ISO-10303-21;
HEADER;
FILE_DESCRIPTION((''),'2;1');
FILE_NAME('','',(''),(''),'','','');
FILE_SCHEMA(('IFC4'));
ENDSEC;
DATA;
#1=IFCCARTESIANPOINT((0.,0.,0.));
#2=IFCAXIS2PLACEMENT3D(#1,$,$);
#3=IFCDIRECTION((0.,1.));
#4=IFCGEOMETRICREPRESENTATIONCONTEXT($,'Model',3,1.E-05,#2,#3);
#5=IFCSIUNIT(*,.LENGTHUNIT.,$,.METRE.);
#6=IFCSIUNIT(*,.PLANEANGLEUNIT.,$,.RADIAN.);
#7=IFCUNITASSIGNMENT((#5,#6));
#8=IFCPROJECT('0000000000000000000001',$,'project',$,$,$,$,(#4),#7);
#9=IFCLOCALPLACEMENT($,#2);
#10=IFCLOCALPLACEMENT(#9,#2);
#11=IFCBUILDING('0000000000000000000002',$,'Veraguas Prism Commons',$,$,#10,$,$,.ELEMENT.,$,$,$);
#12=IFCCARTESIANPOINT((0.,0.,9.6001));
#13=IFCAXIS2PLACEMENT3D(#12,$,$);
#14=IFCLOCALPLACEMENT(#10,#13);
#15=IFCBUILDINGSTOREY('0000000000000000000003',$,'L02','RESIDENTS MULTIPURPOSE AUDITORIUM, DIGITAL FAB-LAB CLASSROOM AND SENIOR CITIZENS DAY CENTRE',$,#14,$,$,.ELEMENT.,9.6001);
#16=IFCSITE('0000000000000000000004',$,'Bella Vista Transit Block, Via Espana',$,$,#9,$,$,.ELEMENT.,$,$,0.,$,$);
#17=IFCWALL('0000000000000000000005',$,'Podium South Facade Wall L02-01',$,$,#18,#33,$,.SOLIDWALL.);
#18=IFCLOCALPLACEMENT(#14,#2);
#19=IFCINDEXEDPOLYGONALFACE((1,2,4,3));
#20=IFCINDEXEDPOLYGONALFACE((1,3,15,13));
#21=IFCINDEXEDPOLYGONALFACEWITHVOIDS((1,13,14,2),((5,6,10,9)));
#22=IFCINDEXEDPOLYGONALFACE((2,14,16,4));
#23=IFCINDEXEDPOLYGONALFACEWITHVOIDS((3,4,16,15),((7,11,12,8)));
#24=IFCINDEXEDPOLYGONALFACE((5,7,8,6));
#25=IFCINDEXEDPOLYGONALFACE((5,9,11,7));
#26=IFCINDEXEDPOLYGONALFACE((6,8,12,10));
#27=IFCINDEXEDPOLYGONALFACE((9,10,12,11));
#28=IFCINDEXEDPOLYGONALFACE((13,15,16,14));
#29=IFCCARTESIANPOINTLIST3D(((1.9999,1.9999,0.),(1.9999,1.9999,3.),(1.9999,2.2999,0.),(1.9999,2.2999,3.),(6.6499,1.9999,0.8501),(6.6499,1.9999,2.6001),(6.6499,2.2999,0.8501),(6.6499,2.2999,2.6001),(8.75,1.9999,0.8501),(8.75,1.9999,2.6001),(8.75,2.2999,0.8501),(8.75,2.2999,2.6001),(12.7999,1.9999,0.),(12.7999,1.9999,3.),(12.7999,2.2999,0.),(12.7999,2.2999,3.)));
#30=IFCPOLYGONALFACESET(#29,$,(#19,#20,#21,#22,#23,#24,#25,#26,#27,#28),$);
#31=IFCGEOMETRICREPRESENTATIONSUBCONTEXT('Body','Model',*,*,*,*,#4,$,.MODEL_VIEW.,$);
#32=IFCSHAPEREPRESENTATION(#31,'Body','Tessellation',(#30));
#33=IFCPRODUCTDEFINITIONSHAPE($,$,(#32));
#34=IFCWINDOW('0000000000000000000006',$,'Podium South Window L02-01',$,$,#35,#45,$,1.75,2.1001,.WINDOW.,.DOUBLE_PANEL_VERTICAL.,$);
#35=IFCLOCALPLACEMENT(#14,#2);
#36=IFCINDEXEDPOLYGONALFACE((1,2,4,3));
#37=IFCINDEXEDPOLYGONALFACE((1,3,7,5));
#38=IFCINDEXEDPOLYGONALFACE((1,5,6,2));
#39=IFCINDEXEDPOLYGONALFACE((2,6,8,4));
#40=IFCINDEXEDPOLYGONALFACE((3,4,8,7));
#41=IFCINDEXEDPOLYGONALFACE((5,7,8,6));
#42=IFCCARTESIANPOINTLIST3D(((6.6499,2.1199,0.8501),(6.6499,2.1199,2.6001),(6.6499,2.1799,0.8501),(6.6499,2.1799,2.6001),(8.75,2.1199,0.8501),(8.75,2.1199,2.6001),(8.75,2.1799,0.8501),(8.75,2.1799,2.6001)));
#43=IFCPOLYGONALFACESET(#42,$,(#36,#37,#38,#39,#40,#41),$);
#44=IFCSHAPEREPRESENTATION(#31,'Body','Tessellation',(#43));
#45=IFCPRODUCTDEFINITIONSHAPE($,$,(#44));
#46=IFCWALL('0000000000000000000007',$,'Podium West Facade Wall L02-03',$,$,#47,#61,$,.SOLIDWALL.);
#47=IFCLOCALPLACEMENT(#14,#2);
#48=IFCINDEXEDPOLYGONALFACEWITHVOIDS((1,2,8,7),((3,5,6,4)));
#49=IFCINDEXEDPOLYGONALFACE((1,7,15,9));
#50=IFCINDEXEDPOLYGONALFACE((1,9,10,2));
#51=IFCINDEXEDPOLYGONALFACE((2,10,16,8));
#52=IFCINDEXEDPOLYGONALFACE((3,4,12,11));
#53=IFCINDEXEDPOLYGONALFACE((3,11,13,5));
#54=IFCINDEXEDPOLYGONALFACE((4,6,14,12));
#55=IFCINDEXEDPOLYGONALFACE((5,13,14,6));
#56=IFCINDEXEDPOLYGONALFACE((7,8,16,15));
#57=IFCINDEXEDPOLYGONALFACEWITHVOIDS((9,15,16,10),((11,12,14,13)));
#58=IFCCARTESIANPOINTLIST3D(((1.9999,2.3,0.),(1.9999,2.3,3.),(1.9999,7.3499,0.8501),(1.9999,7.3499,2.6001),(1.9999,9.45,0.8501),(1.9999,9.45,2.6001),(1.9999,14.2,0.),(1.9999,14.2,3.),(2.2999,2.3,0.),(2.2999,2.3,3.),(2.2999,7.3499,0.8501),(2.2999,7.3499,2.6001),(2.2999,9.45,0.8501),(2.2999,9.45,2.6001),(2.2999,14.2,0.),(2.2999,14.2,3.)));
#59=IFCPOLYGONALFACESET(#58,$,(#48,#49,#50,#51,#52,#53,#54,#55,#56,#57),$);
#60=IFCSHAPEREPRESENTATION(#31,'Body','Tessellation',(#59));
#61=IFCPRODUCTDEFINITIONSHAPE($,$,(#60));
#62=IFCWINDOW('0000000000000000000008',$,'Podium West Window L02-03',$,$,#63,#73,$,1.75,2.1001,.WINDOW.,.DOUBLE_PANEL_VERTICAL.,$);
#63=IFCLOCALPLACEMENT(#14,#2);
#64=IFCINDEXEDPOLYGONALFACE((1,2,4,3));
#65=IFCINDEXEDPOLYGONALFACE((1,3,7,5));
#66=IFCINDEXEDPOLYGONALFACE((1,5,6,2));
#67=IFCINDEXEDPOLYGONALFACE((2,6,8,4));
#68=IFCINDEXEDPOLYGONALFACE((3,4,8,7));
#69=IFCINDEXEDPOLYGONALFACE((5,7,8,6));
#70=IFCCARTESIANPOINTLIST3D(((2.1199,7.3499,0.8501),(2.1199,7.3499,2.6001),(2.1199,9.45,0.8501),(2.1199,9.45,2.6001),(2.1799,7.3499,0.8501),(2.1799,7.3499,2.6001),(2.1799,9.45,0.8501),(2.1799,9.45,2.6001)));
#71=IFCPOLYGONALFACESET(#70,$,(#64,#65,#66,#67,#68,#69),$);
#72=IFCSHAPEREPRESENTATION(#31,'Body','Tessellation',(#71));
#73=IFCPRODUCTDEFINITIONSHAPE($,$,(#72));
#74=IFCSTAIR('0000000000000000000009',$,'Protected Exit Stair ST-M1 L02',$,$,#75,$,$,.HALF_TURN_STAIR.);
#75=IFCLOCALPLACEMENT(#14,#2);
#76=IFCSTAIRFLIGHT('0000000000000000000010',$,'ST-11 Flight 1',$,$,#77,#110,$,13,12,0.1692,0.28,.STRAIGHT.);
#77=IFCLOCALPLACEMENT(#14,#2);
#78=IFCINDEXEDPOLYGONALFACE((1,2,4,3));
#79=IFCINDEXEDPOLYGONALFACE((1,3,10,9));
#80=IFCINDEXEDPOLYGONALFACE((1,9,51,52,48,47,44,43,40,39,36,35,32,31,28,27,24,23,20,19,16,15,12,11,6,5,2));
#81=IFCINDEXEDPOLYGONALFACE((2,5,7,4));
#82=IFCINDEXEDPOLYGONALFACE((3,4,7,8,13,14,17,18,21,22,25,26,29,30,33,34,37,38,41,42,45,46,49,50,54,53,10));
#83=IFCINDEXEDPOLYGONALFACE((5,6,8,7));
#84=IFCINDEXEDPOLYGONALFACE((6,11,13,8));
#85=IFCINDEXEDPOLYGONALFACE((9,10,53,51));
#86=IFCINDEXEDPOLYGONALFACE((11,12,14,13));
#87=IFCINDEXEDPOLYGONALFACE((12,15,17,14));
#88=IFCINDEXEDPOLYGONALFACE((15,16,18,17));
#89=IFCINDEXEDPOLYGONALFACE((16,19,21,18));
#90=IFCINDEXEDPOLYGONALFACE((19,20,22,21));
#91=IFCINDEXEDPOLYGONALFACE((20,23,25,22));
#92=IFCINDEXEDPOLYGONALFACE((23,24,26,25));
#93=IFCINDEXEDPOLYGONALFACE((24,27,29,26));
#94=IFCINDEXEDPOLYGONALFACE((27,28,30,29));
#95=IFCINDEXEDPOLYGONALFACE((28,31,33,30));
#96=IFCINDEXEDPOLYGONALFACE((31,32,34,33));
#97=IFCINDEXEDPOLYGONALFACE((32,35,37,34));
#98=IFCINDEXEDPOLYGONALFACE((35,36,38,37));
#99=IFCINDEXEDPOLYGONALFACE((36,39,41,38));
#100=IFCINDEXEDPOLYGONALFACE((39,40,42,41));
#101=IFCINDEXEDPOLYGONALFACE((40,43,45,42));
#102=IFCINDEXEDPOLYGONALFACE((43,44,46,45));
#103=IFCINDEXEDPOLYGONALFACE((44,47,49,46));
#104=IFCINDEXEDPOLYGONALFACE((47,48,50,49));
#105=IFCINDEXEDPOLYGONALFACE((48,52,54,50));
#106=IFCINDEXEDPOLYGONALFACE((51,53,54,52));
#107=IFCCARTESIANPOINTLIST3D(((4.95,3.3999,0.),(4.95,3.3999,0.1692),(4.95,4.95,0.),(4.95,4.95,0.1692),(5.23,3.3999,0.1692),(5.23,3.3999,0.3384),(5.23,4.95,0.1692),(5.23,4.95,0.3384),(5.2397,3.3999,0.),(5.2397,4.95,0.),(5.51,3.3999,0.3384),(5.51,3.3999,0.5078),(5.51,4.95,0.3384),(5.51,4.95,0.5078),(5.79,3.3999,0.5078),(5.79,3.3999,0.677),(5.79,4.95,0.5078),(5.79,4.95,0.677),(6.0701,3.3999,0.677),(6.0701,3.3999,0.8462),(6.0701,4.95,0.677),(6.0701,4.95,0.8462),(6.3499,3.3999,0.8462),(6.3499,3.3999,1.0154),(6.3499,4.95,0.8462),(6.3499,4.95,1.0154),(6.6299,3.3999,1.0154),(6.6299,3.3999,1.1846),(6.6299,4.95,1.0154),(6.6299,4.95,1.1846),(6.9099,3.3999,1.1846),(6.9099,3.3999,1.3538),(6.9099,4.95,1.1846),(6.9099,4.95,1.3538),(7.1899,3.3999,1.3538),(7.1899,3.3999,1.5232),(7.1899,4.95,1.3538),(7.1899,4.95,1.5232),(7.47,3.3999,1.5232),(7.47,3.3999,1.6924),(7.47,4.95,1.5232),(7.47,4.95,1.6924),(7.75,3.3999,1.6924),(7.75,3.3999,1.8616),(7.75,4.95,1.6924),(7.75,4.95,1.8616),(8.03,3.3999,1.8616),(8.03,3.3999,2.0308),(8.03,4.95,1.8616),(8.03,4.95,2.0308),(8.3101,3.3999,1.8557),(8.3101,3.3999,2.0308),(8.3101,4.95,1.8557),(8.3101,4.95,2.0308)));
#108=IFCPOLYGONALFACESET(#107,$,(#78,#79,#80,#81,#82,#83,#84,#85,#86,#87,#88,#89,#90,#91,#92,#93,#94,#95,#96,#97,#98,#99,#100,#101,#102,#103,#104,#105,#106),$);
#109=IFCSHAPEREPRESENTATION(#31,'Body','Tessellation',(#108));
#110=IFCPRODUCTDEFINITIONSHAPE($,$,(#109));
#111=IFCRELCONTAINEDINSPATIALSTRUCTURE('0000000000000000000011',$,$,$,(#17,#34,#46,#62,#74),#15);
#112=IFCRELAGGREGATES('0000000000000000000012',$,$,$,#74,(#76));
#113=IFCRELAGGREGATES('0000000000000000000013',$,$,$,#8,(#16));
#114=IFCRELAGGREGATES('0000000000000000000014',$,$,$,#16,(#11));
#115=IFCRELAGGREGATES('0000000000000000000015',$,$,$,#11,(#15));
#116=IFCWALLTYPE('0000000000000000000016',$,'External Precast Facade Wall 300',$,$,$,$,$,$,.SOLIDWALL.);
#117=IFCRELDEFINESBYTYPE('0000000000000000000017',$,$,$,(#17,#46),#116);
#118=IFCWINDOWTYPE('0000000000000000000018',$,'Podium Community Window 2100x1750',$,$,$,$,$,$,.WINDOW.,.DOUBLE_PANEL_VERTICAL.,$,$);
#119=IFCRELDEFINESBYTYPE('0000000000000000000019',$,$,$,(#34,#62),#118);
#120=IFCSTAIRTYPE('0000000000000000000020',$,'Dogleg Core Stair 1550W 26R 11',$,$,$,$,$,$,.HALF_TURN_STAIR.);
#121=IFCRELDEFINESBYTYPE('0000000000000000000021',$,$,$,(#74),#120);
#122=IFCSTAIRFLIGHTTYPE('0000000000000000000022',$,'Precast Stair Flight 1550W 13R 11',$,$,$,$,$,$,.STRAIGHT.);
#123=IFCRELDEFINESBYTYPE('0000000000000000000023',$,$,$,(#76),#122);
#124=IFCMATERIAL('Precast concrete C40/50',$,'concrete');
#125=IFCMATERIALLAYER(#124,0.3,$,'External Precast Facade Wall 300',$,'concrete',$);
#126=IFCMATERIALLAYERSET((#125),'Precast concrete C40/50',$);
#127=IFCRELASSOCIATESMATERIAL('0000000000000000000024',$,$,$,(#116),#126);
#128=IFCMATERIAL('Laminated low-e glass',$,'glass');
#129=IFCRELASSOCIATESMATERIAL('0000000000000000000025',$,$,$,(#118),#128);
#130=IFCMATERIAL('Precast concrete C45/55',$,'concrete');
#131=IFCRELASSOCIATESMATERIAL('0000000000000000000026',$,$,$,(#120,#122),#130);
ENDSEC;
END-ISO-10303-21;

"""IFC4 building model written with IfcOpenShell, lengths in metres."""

from ifc_helpers import new_model, si_unit, direction, frame, frame_2d, origin, place, context, subcontext, project, spatial, polyline, rectangle, outline, extrude, source, transform, mapped, material, layer, layer_set, type_object, element, fill, aggregate, save


model = new_model("IFC4")

# Units and contexts
model_context = context("Model", 3, precision=1e-05, world=origin(), true_north=direction((0.0, 1.0)))
body_context = subcontext(model_context, "Body", "Model", "MODEL_VIEW")
ifc_project = project(units=[si_unit("LENGTHUNIT", "METRE"), si_unit("PLANEANGLEUNIT", "RADIAN")], contexts=[model_context])

# Site, building, storey
site_placement = place(None, origin())
site = spatial("IfcSite", under=ifc_project, at=site_placement, Name="Bella Vista Transit Block, Via Espana", CompositionType="ELEMENT", RefElevation=0.0)
building_placement = place(site_placement, origin())
building = spatial("IfcBuilding", under=site, at=building_placement, Name="Veraguas Prism Commons", CompositionType="ELEMENT")
storey_placement = place(building_placement, frame((0.0, 0.0, 9.6001)))
storey = spatial("IfcBuildingStorey", under=building, at=storey_placement, Name="L02", Description="RESIDENTS MULTIPURPOSE AUDITORIUM, DIGITAL FAB-LAB CLASSROOM AND SENIOR CITIZENS DAY CENTRE", CompositionType="ELEMENT", Elevation=9.6001)

# Shared definitions
ifc_material_1 = material(Name="Laminated low-e glass", Category="glass")

# Walls, openings, windows
ifc_material_2 = material(Name="Precast concrete C40/50", Category="concrete")
ifc_layer_1 = layer(ifc_material_2, 0.3, Name="External Precast Facade Wall 300", Category="concrete")
ifc_layer_set_1 = layer_set([ifc_layer_1], Name="Precast concrete C40/50")
wall_type_1 = type_object("IfcWallType", Name="External Precast Facade Wall 300", PredefinedType="SOLIDWALL", material=ifc_layer_set_1)
wall_1_placement = place(storey_placement, frame((2.0, 2.1499, 0.0), z_axis=(0.0, 0.0, 1.0), x_axis=(1.0, 0.0, 0.0)))
wall_1 = element("IfcWall", 1, at=wall_1_placement, inside=storey, type_object=wall_type_1, Name="Podium South Facade Wall L02-01", PredefinedType="SOLIDWALL", context=body_context, shape_type="SweptSolid", body=[
    extrude(rectangle(XDim=10.8, YDim=0.3, at=frame_2d((5.3999, 0.0))), origin(), (0.0, 0.0, 1.0), 3.0),
])
opening_1_placement = place(wall_1_placement, frame((4.6499, 0.0, 0.8501)))
opening_1 = element("IfcOpeningElement", 2, at=opening_1_placement, cuts=wall_1, PredefinedType="OPENING", context=body_context, shape_type="SweptSolid", body=[
    extrude(rectangle(XDim=2.1001, YDim=1.75, at=frame_2d((1.05, 0.875))), frame((0.0, 0.1599, 0.0), z_axis=(0.0, -1.0, 0.0), x_axis=(1.0, 0.0, 0.0)), (0.0, 0.0, 1.0), 0.3201),
])
window_type = type_object("IfcWindowType", Name="Podium Community Window 2100x1750", PartitioningType="DOUBLE_PANEL_VERTICAL", PredefinedType="WINDOW", material=ifc_material_1)
shared_shape_1 = source(origin(), body_context, "Body", "SweptSolid", [
    extrude(rectangle(XDim=2.1001, YDim=1.75, at=frame_2d((1.05, 0.875))), frame((0.0, 0.03, 0.0), z_axis=(0.0, -1.0, 0.0), x_axis=(1.0, 0.0, 0.0)), (0.0, 0.0, 1.0), 0.0601),
])
window_1_placement = place(opening_1_placement, origin())
window_1 = element("IfcWindow", 3, at=window_1_placement, inside=storey, type_object=window_type, Name="Podium South Window L02-01", OverallHeight=1.75, OverallWidth=2.1001, PartitioningType="DOUBLE_PANEL_VERTICAL", PredefinedType="WINDOW", context=body_context, shape_type="MappedRepresentation", body=[
    mapped(shared_shape_1, transform((0.0, 0.0, 0.0), scale=1.0)),
])
fill(opening_1, window_1)
wall_2_placement = place(storey_placement, frame((2.1499, 14.2, 0.0), z_axis=(0.0, 0.0, 1.0), x_axis=(0.0, -1.0, 0.0)))
wall_2 = element("IfcWall", 4, at=wall_2_placement, inside=storey, type_object=wall_type_1, Name="Podium West Facade Wall L02-03", PredefinedType="SOLIDWALL", context=body_context, shape_type="SweptSolid", body=[
    extrude(rectangle(XDim=11.8999, YDim=0.3, at=frame_2d((5.95, 0.0))), origin(), (0.0, 0.0, 1.0), 3.0),
])
opening_2_placement = place(wall_2_placement, frame((4.75, 0.0, 0.8501)))
opening_2 = element("IfcOpeningElement", 5, at=opening_2_placement, cuts=wall_2, PredefinedType="OPENING", context=body_context, shape_type="SweptSolid", body=[
    extrude(rectangle(XDim=2.1001, YDim=1.75, at=frame_2d((1.05, 0.875))), frame((0.0, 0.1599, 0.0), z_axis=(0.0, -1.0, 0.0), x_axis=(1.0, 0.0, 0.0)), (0.0, 0.0, 1.0), 0.3201),
])
window_2_placement = place(opening_2_placement, origin())
window_2 = element("IfcWindow", 6, at=window_2_placement, inside=storey, type_object=window_type, Name="Podium West Window L02-03", OverallHeight=1.75, OverallWidth=2.1001, PartitioningType="DOUBLE_PANEL_VERTICAL", PredefinedType="WINDOW", context=body_context, shape_type="MappedRepresentation", body=[
    mapped(shared_shape_1, transform((0.0, 0.0, 0.0), scale=1.0)),
])
fill(opening_2, window_2)

# Stair, stair flight
ifc_material_3 = material(Name="Precast concrete C45/55", Category="concrete")
stair_type = type_object("IfcStairType", Name="Dogleg Core Stair 1550W 26R 11", PredefinedType="HALF_TURN_STAIR", material=ifc_material_3)
stair_placement = place(storey_placement, origin())
stair = element("IfcStair", 7, at=stair_placement, inside=storey, type_object=stair_type, Name="Protected Exit Stair ST-M1 L02", PredefinedType="HALF_TURN_STAIR")
stair_flight_type = type_object("IfcStairFlightType", Name="Precast Stair Flight 1550W 13R 11", PredefinedType="STRAIGHT", material=ifc_material_3)
stair_flight_placement = place(storey_placement, frame((4.95, 4.175, 0.0), z_axis=(0.0, 0.0, 1.0), x_axis=(1.0, 0.0, 0.0)))
stair_flight = element("IfcStairFlight", 8, at=stair_flight_placement, type_object=stair_flight_type, Name="ST-11 Flight 1", NumberOfRisers=13, NumberOfTreads=12, PredefinedType="STRAIGHT", RiserHeight=0.1692, TreadLength=0.28, context=body_context, shape_type="SweptSolid", body=[
    extrude(outline(polyline([(0.0, 0.0), (0.0, 0.1692), (0.28, 0.1692), (0.28, 0.3384), (0.5601, 0.3384), (0.5601, 0.5078), (0.8401, 0.5078), (0.8401, 0.677), (1.1201, 0.677), (1.1201, 0.8462), (1.3999, 0.8462), (1.3999, 1.0154), (1.6799, 1.0154), (1.6799, 1.1846), (1.96, 1.1846), (1.96, 1.3538), (2.24, 1.3538), (2.24, 1.5232), (2.52, 1.5232), (2.52, 1.6924), (2.8, 1.6924), (2.8, 1.8616), (3.0801, 1.8616), (3.0801, 2.0308), (3.3601, 2.0308), (3.3601, 2.2), (3.3601, 1.8557), (0.2898, 0.0), (0.0, 0.0)])), frame((0.0, 0.7749, 0.0), z_axis=(0.0, -1.0, 0.0), x_axis=(1.0, 0.0, 0.0)), (0.0, 0.0, 1.0), 1.55),
])
aggregate(stair, [stair_flight])

save(model, "model.ifc")
